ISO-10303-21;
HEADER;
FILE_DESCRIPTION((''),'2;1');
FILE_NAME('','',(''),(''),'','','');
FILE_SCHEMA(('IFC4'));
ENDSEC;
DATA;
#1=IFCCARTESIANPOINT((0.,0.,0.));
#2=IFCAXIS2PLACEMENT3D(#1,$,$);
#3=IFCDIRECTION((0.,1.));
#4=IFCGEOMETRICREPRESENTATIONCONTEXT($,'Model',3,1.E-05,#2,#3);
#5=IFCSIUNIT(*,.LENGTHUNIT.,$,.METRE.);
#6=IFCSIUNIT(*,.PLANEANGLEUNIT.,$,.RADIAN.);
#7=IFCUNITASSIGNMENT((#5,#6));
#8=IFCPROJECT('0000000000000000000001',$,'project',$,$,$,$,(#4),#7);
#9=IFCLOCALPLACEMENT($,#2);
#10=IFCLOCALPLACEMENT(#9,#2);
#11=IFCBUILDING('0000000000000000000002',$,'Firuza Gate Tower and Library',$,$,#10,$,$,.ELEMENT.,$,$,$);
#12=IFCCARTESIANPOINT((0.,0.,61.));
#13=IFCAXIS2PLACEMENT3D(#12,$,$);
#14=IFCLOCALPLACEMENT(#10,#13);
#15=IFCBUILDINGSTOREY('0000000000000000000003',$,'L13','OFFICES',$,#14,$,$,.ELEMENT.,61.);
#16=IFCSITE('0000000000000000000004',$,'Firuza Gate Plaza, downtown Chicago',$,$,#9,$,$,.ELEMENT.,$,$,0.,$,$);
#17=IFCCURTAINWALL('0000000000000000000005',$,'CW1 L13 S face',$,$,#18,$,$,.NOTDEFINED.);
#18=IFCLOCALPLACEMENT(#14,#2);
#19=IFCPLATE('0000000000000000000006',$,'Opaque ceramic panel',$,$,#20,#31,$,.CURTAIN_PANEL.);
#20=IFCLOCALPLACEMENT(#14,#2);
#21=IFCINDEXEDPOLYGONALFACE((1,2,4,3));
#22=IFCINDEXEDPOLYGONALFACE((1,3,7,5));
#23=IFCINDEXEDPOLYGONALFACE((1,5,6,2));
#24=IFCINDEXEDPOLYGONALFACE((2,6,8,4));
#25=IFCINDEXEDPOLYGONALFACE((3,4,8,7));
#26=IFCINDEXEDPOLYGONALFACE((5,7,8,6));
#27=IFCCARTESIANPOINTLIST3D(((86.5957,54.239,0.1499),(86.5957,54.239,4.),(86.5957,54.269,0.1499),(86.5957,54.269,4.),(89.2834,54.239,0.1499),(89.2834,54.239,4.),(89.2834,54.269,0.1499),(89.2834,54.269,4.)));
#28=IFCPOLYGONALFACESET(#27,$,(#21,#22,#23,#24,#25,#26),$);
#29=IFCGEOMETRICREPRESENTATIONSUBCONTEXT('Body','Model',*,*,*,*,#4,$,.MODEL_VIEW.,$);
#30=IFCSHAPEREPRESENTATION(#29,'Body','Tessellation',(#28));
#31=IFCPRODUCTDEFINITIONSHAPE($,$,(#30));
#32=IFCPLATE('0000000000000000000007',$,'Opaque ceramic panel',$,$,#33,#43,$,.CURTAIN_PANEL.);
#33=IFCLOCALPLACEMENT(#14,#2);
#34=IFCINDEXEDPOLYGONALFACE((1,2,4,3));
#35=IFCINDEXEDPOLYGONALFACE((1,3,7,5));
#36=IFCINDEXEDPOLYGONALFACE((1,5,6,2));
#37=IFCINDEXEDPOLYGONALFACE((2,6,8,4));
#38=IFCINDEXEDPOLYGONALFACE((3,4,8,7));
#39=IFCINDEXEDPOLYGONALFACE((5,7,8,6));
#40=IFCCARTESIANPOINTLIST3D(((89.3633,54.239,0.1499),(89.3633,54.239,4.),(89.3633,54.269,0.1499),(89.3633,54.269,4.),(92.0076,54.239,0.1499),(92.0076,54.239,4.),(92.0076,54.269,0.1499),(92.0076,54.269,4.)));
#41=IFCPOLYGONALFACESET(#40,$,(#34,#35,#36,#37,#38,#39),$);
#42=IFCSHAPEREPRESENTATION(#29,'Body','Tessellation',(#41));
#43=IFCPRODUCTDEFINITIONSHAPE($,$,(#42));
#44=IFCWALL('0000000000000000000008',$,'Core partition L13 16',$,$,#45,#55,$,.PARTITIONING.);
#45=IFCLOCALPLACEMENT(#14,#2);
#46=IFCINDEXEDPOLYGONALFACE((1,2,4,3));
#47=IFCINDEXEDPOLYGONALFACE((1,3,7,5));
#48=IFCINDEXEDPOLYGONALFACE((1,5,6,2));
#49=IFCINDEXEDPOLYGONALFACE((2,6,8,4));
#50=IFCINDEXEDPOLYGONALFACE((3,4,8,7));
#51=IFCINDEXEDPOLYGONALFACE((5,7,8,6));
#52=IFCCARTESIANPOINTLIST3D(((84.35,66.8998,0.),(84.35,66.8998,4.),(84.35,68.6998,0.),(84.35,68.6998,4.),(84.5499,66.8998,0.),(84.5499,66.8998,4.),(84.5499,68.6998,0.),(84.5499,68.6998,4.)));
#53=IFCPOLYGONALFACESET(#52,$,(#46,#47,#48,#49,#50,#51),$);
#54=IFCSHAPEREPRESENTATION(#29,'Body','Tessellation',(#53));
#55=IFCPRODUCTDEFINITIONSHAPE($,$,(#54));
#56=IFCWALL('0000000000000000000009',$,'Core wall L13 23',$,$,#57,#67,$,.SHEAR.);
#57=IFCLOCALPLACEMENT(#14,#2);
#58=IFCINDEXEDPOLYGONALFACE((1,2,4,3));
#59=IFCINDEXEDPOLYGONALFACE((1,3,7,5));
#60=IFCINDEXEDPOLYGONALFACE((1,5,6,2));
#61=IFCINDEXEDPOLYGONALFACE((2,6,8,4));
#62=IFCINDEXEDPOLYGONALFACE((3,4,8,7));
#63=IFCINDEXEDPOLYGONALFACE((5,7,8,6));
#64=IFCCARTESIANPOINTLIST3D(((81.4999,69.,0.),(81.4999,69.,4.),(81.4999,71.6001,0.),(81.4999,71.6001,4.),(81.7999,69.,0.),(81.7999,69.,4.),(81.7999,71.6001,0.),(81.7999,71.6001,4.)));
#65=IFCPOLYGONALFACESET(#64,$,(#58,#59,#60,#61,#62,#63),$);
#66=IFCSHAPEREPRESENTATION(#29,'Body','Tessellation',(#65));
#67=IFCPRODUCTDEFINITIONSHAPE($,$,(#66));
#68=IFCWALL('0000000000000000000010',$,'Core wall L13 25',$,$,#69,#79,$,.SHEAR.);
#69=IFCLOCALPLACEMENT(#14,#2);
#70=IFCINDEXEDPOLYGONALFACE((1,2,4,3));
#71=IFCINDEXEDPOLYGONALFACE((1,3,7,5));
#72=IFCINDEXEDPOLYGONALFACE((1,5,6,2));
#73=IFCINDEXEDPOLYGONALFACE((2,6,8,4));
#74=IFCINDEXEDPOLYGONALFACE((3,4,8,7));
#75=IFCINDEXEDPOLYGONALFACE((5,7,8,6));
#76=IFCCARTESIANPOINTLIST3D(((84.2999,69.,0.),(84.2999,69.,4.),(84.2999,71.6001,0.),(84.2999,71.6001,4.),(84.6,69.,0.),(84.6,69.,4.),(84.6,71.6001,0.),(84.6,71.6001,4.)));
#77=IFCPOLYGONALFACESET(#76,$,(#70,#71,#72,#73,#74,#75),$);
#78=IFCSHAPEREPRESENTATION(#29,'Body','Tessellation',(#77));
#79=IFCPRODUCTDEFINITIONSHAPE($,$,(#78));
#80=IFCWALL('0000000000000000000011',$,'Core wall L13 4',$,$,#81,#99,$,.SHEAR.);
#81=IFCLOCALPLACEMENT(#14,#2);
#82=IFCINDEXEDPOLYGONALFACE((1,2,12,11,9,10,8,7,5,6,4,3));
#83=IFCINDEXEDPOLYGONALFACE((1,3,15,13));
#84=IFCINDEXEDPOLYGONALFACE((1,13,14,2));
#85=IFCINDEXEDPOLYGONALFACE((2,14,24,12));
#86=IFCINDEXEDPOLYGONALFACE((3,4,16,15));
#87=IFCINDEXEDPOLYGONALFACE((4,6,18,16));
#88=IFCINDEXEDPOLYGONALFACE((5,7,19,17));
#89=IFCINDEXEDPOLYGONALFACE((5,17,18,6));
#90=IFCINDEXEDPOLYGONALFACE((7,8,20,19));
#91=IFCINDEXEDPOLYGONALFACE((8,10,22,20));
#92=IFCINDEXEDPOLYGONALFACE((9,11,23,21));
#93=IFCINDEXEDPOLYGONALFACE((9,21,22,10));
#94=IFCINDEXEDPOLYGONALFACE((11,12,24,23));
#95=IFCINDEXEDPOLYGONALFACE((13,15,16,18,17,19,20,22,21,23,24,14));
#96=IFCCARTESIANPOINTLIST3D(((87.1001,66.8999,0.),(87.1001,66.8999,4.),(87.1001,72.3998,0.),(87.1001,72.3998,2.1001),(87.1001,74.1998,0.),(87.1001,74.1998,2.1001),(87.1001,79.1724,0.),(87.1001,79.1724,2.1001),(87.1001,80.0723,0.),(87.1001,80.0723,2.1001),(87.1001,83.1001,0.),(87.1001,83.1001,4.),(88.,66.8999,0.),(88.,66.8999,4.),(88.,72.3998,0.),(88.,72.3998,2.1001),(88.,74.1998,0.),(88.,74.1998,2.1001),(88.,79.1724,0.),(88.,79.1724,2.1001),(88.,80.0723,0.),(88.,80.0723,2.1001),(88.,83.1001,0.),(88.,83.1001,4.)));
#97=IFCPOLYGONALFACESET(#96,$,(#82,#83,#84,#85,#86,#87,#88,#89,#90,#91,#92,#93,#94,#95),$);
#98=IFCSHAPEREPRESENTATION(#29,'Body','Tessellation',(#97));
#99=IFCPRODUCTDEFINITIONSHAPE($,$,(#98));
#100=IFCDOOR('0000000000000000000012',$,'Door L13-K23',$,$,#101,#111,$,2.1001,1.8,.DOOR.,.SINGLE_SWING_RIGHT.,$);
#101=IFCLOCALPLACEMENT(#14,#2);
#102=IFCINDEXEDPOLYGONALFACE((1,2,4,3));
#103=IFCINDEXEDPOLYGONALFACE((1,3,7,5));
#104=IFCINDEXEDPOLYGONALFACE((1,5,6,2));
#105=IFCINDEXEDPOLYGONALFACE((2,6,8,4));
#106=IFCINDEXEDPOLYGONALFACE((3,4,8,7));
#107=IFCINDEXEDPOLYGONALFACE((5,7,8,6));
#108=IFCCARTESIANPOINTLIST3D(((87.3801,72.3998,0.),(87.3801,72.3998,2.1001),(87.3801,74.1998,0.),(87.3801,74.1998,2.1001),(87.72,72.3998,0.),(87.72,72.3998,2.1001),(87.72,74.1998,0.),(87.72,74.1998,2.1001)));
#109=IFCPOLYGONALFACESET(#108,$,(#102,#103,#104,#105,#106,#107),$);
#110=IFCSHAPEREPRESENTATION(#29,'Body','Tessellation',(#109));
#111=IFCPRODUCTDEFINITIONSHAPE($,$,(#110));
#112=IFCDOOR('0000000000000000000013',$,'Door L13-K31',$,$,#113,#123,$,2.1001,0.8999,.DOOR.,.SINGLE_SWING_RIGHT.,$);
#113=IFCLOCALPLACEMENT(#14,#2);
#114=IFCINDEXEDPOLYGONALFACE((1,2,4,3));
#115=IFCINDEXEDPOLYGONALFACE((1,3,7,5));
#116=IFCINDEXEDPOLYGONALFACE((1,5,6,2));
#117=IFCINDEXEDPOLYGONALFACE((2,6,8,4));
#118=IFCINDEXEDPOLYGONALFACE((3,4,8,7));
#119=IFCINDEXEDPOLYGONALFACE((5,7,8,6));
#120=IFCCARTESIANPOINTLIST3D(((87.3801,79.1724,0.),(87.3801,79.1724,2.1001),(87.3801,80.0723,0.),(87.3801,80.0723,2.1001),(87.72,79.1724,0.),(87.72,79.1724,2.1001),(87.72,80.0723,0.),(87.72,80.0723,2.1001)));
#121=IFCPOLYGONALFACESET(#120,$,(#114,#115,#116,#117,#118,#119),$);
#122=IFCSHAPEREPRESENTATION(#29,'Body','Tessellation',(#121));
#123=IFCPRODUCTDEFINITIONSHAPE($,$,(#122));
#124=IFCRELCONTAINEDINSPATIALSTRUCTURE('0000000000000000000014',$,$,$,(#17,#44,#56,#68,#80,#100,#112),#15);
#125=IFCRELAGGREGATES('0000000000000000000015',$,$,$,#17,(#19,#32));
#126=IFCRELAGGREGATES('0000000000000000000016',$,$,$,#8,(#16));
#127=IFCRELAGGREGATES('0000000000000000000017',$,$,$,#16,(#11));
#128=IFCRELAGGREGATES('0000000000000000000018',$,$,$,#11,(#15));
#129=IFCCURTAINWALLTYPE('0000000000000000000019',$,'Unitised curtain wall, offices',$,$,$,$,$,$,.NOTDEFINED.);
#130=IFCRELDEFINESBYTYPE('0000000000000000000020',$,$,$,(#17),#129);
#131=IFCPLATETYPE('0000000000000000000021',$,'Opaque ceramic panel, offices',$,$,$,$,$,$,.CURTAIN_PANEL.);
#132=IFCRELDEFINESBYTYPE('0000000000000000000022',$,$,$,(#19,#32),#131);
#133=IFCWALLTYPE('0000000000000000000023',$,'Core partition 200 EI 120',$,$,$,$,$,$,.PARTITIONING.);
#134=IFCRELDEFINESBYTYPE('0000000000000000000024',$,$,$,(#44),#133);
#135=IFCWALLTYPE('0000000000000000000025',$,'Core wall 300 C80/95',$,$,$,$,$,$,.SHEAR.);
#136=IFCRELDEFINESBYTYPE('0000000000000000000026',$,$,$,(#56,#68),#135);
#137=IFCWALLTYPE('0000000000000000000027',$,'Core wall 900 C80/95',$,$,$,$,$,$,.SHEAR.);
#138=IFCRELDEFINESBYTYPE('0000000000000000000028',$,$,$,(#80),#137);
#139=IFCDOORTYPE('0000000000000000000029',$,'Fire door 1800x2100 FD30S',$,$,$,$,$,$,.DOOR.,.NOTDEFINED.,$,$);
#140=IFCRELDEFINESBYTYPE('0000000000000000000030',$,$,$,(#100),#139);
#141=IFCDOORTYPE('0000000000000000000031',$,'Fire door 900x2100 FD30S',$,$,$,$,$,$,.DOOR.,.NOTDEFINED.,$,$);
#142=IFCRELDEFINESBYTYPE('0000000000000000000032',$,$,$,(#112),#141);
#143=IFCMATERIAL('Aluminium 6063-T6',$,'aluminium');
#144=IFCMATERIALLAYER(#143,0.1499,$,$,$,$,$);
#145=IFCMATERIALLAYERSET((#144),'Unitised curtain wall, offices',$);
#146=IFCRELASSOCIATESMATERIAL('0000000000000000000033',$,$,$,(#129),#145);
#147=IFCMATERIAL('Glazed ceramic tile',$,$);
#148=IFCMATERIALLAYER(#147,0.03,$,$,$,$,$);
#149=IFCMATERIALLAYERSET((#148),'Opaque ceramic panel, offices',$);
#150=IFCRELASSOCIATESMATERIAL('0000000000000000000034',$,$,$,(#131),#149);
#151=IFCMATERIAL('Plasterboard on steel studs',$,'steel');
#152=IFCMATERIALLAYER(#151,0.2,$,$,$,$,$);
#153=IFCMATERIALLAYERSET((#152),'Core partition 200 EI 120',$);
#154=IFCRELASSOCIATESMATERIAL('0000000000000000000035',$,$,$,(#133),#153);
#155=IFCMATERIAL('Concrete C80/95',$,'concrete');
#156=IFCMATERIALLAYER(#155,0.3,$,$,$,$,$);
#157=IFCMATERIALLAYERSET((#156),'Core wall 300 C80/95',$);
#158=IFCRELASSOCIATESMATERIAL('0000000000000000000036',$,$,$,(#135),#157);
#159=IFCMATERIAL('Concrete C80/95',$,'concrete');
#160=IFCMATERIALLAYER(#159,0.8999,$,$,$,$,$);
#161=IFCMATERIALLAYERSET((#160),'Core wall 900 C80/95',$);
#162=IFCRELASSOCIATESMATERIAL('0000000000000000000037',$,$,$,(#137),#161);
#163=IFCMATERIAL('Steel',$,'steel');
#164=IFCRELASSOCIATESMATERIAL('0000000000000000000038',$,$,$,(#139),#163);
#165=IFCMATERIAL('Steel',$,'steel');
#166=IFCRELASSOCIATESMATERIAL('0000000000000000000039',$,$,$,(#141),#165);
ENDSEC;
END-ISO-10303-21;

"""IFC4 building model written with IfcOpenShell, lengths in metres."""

from ifc_helpers import new_model, si_unit, direction, frame, frame_2d, origin, place, context, subcontext, project, spatial, polyline, rectangle, outline, extrude, material, layer, layer_set, type_object, element, fill, aggregate, save


model = new_model("IFC4")

# Units and contexts
model_context = context("Model", 3, precision=1e-05, world=origin(), true_north=direction((0.0, 1.0)))
body_context = subcontext(model_context, "Body", "Model", "MODEL_VIEW")
ifc_project = project(units=[si_unit("LENGTHUNIT", "METRE"), si_unit("PLANEANGLEUNIT", "RADIAN")], contexts=[model_context])

# Site, building, storey
site_placement = place(None, origin())
site = spatial("IfcSite", under=ifc_project, at=site_placement, Name="Firuza Gate Plaza, downtown Chicago", CompositionType="ELEMENT", RefElevation=0.0)
building_placement = place(site_placement, origin())
building = spatial("IfcBuilding", under=site, at=building_placement, Name="Firuza Gate Tower and Library", CompositionType="ELEMENT")
storey_placement = place(building_placement, frame((0.0, 0.0, 61.0)))
storey = spatial("IfcBuildingStorey", under=building, at=storey_placement, Name="L13", Description="OFFICES", CompositionType="ELEMENT", Elevation=61.0)

# Curtain wall
ifc_material_1 = material(Name="Aluminium 6063-T6", Category="aluminium")
ifc_layer_1 = layer(ifc_material_1, 0.1499)
ifc_layer_set_1 = layer_set([ifc_layer_1], Name="Unitised curtain wall, offices")
curtain_wall_type = type_object("IfcCurtainWallType", Name="Unitised curtain wall, offices", PredefinedType="NOTDEFINED", material=ifc_layer_set_1)
curtain_wall_placement = place(storey_placement, origin())
curtain_wall = element("IfcCurtainWall", 1, at=curtain_wall_placement, inside=storey, type_object=curtain_wall_type, Name="CW1 L13 S face", PredefinedType="NOTDEFINED")

# Plates
ifc_material_2 = material(Name="Glazed ceramic tile")
ifc_layer_2 = layer(ifc_material_2, 0.03)
ifc_layer_set_2 = layer_set([ifc_layer_2], Name="Opaque ceramic panel, offices")
plate_type_1 = type_object("IfcPlateType", Name="Opaque ceramic panel, offices", PredefinedType="CURTAIN_PANEL", material=ifc_layer_set_2)
plate_1_placement = place(storey_placement, frame((86.5957, 54.239, 0.1499), z_axis=(0.0, -1.0, 0.0), x_axis=(1.0, 0.0, 0.0)))
plate_1 = element("IfcPlate", 2, at=plate_1_placement, type_object=plate_type_1, Name="Opaque ceramic panel", PredefinedType="CURTAIN_PANEL", context=body_context, shape_type="SweptSolid", body=[
    extrude(outline(polyline([(0.0, 0.0), (2.6877, 0.0), (2.6877, 3.8501), (0.0, 3.8501), (0.0, 0.0)])), origin(), (0.0, 0.0, -1.0), 0.03),
])
plate_2_placement = place(storey_placement, frame((89.3633, 54.239, 0.1499), z_axis=(0.0, -1.0, 0.0), x_axis=(1.0, 0.0, 0.0)))
plate_2 = element("IfcPlate", 3, at=plate_2_placement, type_object=plate_type_1, Name="Opaque ceramic panel", PredefinedType="CURTAIN_PANEL", context=body_context, shape_type="SweptSolid", body=[
    extrude(outline(polyline([(0.0, 0.0), (2.6443, 0.0), (2.6443, 3.8501), (0.0, 3.8501), (0.0, 0.0)])), origin(), (0.0, 0.0, -1.0), 0.03),
])
aggregate(curtain_wall, [plate_1, plate_2])

# Walls
ifc_material_3 = material(Name="Plasterboard on steel studs", Category="steel")
ifc_layer_3 = layer(ifc_material_3, 0.2)
ifc_layer_set_3 = layer_set([ifc_layer_3], Name="Core partition 200 EI 120")
wall_type_1 = type_object("IfcWallType", Name="Core partition 200 EI 120", PredefinedType="PARTITIONING", material=ifc_layer_set_3)
wall_1_placement = place(storey_placement, frame((84.45, 66.8999, 0.0), z_axis=(0.0, 0.0, 1.0), x_axis=(0.0, 1.0, 0.0)))
element("IfcWall", 4, at=wall_1_placement, inside=storey, type_object=wall_type_1, Name="Core partition L13 16", PredefinedType="PARTITIONING", context=body_context, shape_type="SweptSolid", body=[
    extrude(rectangle(XDim=1.8, YDim=0.2, at=frame_2d((0.8999, 0.0))), origin(), (0.0, 0.0, 1.0), 4.0),
])
ifc_material_4 = material(Name="Concrete C80/95", Category="concrete")
ifc_layer_4 = layer(ifc_material_4, 0.3)
ifc_layer_set_4 = layer_set([ifc_layer_4], Name="Core wall 300 C80/95")
wall_type_2 = type_object("IfcWallType", Name="Core wall 300 C80/95", PredefinedType="SHEAR", material=ifc_layer_set_4)
for number, where, z_axis, x_axis, name in (
    (5, (81.6499, 69.0, 0.0), (0.0, 0.0, 1.0), (0.0, 1.0, 0.0), "Core wall L13 23"),
    (6, (84.45, 69.0, 0.0), (0.0, 0.0, 1.0), (0.0, 1.0, 0.0), "Core wall L13 25"),
):
    element("IfcWall", number, at=place(storey_placement, frame(where, z_axis=z_axis, x_axis=x_axis)), inside=storey, type_object=wall_type_2, Name=name, PredefinedType="SHEAR", context=body_context, shape_type="SweptSolid", body=[
        extrude(rectangle(XDim=2.6001, YDim=0.3, at=frame_2d((1.3, 0.0))), origin(), (0.0, 0.0, 1.0), 4.0),
    ])

# Wall, openings, doors
ifc_material_5 = material(Name="Concrete C80/95", Category="concrete")
ifc_layer_5 = layer(ifc_material_5, 0.8999)
ifc_layer_set_5 = layer_set([ifc_layer_5], Name="Core wall 900 C80/95")
wall_type_3 = type_object("IfcWallType", Name="Core wall 900 C80/95", PredefinedType="SHEAR", material=ifc_layer_set_5)
wall_2_placement = place(storey_placement, frame((87.55, 66.8999, 0.0), z_axis=(0.0, 0.0, 1.0), x_axis=(0.0, 1.0, 0.0)))
wall_2 = element("IfcWall", 7, at=wall_2_placement, inside=storey, type_object=wall_type_3, Name="Core wall L13 4", PredefinedType="SHEAR", context=body_context, shape_type="SweptSolid", body=[
    extrude(rectangle(XDim=16.2002, YDim=0.8999, at=frame_2d((8.1001, 0.0))), origin(), (0.0, 0.0, 1.0), 4.0),
])
opening_1_placement = place(wall_2_placement, frame((5.5, 0.0, 0.0)))
opening_1 = element("IfcOpeningElement", 8, at=opening_1_placement, cuts=wall_2, PredefinedType="OPENING", context=body_context, shape_type="SweptSolid", body=[
    extrude(rectangle(XDim=1.8, YDim=2.1001, at=frame_2d((0.8999, 1.05))), frame((0.0, 0.46, 0.0), z_axis=(0.0, -1.0, 0.0), x_axis=(1.0, 0.0, 0.0)), (0.0, 0.0, 1.0), 0.9199),
])
opening_2_placement = place(wall_2_placement, frame((12.2725, 0.0, 0.0)))
opening_2 = element("IfcOpeningElement", 9, at=opening_2_placement, cuts=wall_2, PredefinedType="OPENING", context=body_context, shape_type="SweptSolid", body=[
    extrude(rectangle(XDim=0.8999, YDim=2.1001, at=frame_2d((0.45, 1.05))), frame((0.0, 0.46, 0.0), z_axis=(0.0, -1.0, 0.0), x_axis=(1.0, 0.0, 0.0)), (0.0, 0.0, 1.0), 0.9199),
])
ifc_material_6 = material(Name="Steel", Category="steel")
door_type_1 = type_object("IfcDoorType", Name="Fire door 1800x2100 FD30S", OperationType="NOTDEFINED", PredefinedType="DOOR", material=ifc_material_6)
door_1_placement = place(opening_1_placement, origin())
door_1 = element("IfcDoor", 10, at=door_1_placement, inside=storey, type_object=door_type_1, Name="Door L13-K23", OperationType="SINGLE_SWING_RIGHT", OverallHeight=2.1001, OverallWidth=1.8, PredefinedType="DOOR", context=body_context, shape_type="SweptSolid", body=[
    extrude(rectangle(XDim=1.8, YDim=2.1001, at=frame_2d((0.8999, 1.05))), frame((0.0, 0.1699, 0.0), z_axis=(0.0, -1.0, 0.0), x_axis=(1.0, 0.0, 0.0)), (0.0, 0.0, 1.0), 0.3398),
])
fill(opening_1, door_1)
ifc_material_7 = material(Name="Steel", Category="steel")
door_type_2 = type_object("IfcDoorType", Name="Fire door 900x2100 FD30S", OperationType="NOTDEFINED", PredefinedType="DOOR", material=ifc_material_7)
door_2_placement = place(opening_2_placement, origin())
door_2 = element("IfcDoor", 11, at=door_2_placement, inside=storey, type_object=door_type_2, Name="Door L13-K31", OperationType="SINGLE_SWING_RIGHT", OverallHeight=2.1001, OverallWidth=0.8999, PredefinedType="DOOR", context=body_context, shape_type="SweptSolid", body=[
    extrude(rectangle(XDim=0.8999, YDim=2.1001, at=frame_2d((0.45, 1.05))), frame((0.0, 0.1699, 0.0), z_axis=(0.0, -1.0, 0.0), x_axis=(1.0, 0.0, 0.0)), (0.0, 0.0, 1.0), 0.3398),
])
fill(opening_2, door_2)

save(model, "model.ifc")
